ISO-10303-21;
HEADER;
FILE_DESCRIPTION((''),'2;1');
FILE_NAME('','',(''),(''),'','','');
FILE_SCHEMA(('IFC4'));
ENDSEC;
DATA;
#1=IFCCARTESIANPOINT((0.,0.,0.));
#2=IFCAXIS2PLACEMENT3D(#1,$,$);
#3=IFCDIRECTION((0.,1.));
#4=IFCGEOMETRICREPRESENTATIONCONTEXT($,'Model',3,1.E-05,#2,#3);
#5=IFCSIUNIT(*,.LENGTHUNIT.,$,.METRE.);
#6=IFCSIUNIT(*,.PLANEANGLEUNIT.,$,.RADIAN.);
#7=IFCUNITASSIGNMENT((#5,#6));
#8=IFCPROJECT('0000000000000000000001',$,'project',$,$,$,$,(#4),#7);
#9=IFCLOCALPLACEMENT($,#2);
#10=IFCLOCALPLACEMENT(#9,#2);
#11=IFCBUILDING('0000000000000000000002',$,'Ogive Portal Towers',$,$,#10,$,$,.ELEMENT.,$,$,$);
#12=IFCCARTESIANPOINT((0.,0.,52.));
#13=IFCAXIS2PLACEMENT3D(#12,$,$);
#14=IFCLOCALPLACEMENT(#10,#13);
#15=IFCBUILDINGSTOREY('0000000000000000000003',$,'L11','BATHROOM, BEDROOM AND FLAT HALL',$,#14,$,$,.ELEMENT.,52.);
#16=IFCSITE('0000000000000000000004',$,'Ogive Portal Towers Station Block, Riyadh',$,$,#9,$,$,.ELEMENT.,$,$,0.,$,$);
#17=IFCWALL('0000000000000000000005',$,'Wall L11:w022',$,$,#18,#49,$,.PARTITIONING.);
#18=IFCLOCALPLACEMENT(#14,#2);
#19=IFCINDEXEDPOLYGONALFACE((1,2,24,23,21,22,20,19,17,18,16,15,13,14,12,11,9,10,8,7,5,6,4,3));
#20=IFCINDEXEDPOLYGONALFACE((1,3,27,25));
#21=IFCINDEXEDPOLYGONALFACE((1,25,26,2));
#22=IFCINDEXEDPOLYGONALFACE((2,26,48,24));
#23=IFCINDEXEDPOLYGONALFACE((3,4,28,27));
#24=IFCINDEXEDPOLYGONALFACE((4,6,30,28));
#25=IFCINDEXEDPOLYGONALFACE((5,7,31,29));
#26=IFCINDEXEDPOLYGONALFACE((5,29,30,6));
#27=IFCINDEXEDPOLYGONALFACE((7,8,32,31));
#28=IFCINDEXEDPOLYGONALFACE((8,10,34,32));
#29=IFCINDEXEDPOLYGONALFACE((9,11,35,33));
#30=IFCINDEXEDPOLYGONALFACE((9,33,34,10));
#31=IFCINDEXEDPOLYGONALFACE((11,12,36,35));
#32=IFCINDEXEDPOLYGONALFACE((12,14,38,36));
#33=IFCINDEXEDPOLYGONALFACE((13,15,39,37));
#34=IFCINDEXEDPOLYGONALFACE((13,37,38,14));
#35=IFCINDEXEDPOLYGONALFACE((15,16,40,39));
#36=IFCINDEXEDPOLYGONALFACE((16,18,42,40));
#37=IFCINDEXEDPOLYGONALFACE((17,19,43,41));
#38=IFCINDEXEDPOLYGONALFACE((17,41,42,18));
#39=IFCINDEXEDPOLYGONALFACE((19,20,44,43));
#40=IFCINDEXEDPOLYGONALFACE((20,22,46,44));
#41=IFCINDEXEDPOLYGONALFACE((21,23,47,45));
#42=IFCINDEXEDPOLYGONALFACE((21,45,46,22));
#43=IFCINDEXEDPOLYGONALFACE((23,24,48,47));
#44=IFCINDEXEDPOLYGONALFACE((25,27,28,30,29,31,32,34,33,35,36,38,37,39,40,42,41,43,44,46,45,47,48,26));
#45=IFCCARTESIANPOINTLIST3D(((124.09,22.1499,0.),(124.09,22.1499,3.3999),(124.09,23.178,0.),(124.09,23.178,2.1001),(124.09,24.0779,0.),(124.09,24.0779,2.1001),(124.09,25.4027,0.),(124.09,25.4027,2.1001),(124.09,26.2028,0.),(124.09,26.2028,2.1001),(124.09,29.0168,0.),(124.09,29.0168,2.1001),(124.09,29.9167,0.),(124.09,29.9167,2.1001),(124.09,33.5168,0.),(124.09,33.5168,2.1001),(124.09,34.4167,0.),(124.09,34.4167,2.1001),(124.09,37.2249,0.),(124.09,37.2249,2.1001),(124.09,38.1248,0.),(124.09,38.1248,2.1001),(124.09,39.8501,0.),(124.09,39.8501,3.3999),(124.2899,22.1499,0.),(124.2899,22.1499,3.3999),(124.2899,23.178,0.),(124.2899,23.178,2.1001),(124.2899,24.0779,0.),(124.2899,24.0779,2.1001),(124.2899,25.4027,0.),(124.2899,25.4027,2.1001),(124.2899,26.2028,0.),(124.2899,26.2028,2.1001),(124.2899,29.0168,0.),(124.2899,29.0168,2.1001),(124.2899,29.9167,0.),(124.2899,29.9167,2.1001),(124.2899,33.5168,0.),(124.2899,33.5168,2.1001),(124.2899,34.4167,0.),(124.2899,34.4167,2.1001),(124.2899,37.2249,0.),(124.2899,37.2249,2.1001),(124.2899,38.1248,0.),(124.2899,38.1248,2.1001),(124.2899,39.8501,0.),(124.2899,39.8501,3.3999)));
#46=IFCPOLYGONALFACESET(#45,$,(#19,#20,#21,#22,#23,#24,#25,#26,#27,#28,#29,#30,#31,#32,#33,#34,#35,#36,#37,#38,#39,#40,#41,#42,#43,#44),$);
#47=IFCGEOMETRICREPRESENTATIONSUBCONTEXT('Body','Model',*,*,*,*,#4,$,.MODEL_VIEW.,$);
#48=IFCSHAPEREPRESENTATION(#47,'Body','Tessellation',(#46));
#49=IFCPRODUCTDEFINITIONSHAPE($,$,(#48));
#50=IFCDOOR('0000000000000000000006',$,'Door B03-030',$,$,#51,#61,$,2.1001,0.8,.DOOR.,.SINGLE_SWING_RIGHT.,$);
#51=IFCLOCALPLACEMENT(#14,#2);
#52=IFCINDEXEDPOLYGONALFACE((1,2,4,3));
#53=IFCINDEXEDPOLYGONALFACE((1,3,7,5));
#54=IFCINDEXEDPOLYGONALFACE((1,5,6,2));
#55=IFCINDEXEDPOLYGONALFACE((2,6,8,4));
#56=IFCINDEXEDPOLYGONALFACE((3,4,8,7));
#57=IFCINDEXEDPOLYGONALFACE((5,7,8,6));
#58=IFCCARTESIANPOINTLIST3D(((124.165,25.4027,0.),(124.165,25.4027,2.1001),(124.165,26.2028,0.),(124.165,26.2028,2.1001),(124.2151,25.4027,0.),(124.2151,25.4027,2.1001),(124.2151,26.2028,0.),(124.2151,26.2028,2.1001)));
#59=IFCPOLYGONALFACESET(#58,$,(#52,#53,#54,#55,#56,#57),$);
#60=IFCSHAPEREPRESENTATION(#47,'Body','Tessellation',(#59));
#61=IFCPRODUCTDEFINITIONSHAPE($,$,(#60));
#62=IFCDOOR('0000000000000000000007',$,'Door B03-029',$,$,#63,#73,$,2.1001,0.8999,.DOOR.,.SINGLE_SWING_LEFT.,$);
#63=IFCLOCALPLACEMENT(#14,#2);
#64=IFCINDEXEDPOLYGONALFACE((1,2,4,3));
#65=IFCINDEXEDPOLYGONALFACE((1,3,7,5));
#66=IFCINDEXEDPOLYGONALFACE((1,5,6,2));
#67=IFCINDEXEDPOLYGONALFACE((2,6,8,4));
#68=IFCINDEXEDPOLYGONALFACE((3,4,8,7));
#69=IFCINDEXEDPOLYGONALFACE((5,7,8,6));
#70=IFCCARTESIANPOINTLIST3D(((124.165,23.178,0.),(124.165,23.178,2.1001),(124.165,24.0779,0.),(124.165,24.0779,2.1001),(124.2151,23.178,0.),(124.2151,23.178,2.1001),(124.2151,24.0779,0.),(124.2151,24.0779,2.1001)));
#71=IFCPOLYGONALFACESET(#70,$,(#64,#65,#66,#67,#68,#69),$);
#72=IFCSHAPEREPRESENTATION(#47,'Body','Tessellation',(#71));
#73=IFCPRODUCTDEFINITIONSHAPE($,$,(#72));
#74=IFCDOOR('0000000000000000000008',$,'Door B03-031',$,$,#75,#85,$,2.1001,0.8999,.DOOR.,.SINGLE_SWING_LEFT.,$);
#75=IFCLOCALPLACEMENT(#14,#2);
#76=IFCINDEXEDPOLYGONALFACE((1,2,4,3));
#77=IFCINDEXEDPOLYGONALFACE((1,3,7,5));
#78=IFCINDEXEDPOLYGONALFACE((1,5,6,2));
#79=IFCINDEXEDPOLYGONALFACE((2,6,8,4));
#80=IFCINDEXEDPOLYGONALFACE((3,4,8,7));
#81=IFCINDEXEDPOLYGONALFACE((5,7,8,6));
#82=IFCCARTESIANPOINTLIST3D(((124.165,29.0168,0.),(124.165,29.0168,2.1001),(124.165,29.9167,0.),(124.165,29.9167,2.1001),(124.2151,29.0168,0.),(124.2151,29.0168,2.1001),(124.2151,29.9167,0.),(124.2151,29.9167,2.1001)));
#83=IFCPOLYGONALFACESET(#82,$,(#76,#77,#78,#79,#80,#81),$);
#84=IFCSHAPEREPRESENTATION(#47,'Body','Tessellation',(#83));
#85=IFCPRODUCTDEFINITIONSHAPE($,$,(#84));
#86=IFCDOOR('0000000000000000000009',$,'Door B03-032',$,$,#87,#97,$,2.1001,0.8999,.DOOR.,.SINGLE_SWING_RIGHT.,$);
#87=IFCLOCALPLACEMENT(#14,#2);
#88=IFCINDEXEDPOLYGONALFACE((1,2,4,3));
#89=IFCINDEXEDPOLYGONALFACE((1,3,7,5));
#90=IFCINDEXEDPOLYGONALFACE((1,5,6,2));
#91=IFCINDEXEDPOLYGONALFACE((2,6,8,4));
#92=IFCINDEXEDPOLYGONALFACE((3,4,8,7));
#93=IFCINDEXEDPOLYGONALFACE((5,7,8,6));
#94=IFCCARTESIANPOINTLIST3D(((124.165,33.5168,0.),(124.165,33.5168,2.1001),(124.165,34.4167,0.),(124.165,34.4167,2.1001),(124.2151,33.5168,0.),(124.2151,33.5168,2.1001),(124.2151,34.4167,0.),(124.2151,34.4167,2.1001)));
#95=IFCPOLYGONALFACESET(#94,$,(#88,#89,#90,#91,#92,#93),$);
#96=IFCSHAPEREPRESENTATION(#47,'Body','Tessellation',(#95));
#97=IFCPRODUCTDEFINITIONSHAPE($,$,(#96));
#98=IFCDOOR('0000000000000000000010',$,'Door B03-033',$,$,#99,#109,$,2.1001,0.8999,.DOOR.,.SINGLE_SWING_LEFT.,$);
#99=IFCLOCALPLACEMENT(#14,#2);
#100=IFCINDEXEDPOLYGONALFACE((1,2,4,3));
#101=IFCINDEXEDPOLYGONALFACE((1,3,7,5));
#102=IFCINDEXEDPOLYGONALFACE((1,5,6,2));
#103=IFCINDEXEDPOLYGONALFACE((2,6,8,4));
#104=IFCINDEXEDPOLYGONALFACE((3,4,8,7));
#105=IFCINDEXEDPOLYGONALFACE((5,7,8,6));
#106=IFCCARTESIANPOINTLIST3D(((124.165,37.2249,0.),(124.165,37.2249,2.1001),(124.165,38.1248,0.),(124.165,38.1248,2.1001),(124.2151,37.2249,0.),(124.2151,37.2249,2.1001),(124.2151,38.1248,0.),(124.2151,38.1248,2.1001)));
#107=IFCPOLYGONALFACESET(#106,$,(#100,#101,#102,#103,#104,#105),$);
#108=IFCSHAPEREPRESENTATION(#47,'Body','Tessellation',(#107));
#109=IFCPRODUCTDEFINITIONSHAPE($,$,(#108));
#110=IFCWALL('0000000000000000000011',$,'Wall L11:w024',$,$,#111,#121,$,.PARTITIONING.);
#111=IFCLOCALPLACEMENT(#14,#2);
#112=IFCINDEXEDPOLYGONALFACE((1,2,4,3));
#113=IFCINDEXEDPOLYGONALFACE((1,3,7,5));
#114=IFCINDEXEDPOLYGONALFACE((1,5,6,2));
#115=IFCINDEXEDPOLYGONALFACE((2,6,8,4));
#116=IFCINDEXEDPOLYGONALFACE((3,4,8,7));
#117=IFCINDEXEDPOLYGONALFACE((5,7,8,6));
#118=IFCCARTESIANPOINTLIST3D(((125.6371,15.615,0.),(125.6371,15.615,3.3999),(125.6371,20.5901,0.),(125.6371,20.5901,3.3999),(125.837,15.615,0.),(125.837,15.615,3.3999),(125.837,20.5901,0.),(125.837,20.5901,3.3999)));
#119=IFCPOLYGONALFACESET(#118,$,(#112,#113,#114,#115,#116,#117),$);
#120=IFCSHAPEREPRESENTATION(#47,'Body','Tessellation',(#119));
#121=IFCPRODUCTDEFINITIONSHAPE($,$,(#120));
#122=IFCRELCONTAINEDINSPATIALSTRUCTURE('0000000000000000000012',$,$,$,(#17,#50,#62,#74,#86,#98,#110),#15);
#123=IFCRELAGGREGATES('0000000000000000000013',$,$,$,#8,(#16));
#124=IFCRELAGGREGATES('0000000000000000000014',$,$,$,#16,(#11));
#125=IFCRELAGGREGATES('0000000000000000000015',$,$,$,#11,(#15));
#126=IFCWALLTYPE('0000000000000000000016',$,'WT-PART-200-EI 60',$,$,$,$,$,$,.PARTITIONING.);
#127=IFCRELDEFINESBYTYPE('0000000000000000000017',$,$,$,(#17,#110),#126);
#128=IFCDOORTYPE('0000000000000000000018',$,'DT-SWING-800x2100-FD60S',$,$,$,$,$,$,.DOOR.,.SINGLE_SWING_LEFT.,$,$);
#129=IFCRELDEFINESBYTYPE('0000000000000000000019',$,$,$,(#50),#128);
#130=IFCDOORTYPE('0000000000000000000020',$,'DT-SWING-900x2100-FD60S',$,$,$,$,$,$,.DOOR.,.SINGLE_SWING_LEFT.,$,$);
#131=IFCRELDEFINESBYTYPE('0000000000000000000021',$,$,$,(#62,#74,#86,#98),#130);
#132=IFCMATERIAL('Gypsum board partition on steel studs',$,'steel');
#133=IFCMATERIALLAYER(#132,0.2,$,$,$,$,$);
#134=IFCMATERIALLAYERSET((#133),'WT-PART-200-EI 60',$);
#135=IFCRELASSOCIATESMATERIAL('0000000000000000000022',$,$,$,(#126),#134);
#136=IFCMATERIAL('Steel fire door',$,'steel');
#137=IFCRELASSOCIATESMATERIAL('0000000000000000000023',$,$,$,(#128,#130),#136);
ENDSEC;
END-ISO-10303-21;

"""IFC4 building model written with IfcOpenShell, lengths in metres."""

from ifc_helpers import new_model, si_unit, direction, frame, frame_2d, origin, place, context, subcontext, project, spatial, rectangle, extrude, material, layer, layer_set, type_object, element, fill, save


model = new_model("IFC4")

# Units and contexts
model_context = context("Model", 3, precision=1e-05, world=origin(), true_north=direction((0.0, 1.0)))
body_context = subcontext(model_context, "Body", "Model", "MODEL_VIEW")
ifc_project = project(units=[si_unit("LENGTHUNIT", "METRE"), si_unit("PLANEANGLEUNIT", "RADIAN")], contexts=[model_context])

# Site, building, storey
site_placement = place(None, origin())
site = spatial("IfcSite", under=ifc_project, at=site_placement, Name="Ogive Portal Towers Station Block, Riyadh", CompositionType="ELEMENT", RefElevation=0.0)
building_placement = place(site_placement, origin())
building = spatial("IfcBuilding", under=site, at=building_placement, Name="Ogive Portal Towers", CompositionType="ELEMENT")
storey_placement = place(building_placement, frame((0.0, 0.0, 52.0)))
storey = spatial("IfcBuildingStorey", under=building, at=storey_placement, Name="L11", Description="BATHROOM, BEDROOM AND FLAT HALL", CompositionType="ELEMENT", Elevation=52.0)

# Shared definitions
ifc_material_1 = material(Name="Steel fire door", Category="steel")

# Wall, openings, doors
ifc_material_2 = material(Name="Gypsum board partition on steel studs", Category="steel")
ifc_layer_1 = layer(ifc_material_2, 0.2)
ifc_layer_set_1 = layer_set([ifc_layer_1], Name="WT-PART-200-EI 60")
wall_type_1 = type_object("IfcWallType", Name="WT-PART-200-EI 60", PredefinedType="PARTITIONING", material=ifc_layer_set_1)
door_type_1 = type_object("IfcDoorType", Name="DT-SWING-800x2100-FD60S", OperationType="SINGLE_SWING_LEFT", PredefinedType="DOOR", material=ifc_material_1)
door_type_2 = type_object("IfcDoorType", Name="DT-SWING-900x2100-FD60S", OperationType="SINGLE_SWING_LEFT", PredefinedType="DOOR", material=ifc_material_1)
wall_1_placement = place(storey_placement, frame((124.1899, 22.1499, 0.0), z_axis=(0.0, 0.0, 1.0), x_axis=(0.0, 1.0, 0.0)))
wall_1 = element("IfcWall", 1, at=wall_1_placement, inside=storey, type_object=wall_type_1, Name="Wall L11:w022", PredefinedType="PARTITIONING", context=body_context, shape_type="SweptSolid", body=[
    extrude(rectangle(XDim=17.7002, YDim=0.2, at=frame_2d((8.8501, 0.0))), origin(), (0.0, 0.0, 1.0), 3.3999),
])
opening_1_placement = place(wall_1_placement, frame((1.0281, 0.0, 0.0)))
opening_1 = element("IfcOpeningElement", 2, at=opening_1_placement, cuts=wall_1, PredefinedType="OPENING", context=body_context, shape_type="SweptSolid", body=[
    extrude(rectangle(XDim=0.8999, YDim=2.1001, at=frame_2d((0.45, 1.05))), frame((0.0, 0.1099, 0.0), z_axis=(0.0, -1.0, 0.0), x_axis=(1.0, 0.0, 0.0)), (0.0, 0.0, 1.0), 0.22),
])
opening_2_placement = place(wall_1_placement, frame((3.2529, 0.0, 0.0)))
opening_2 = element("IfcOpeningElement", 3, at=opening_2_placement, cuts=wall_1, PredefinedType="OPENING", context=body_context, shape_type="SweptSolid", body=[
    extrude(rectangle(XDim=0.8, YDim=2.1001, at=frame_2d((0.3999, 1.05))), frame((0.0, 0.1099, 0.0), z_axis=(0.0, -1.0, 0.0), x_axis=(1.0, 0.0, 0.0)), (0.0, 0.0, 1.0), 0.22),
])
opening_3_placement = place(wall_1_placement, frame((6.8669, 0.0, 0.0)))
opening_3 = element("IfcOpeningElement", 4, at=opening_3_placement, cuts=wall_1, PredefinedType="OPENING", context=body_context, shape_type="SweptSolid", body=[
    extrude(rectangle(XDim=0.8999, YDim=2.1001, at=frame_2d((0.45, 1.05))), frame((0.0, 0.1099, 0.0), z_axis=(0.0, -1.0, 0.0), x_axis=(1.0, 0.0, 0.0)), (0.0, 0.0, 1.0), 0.22),
])
opening_4_placement = place(wall_1_placement, frame((11.3669, 0.0, 0.0)))
opening_4 = element("IfcOpeningElement", 5, at=opening_4_placement, cuts=wall_1, PredefinedType="OPENING", context=body_context, shape_type="SweptSolid", body=[
    extrude(rectangle(XDim=0.8999, YDim=2.1001, at=frame_2d((0.45, 1.05))), frame((0.0, 0.1099, 0.0), z_axis=(0.0, -1.0, 0.0), x_axis=(1.0, 0.0, 0.0)), (0.0, 0.0, 1.0), 0.22),
])
opening_5_placement = place(wall_1_placement, frame((15.075, 0.0, 0.0)))
opening_5 = element("IfcOpeningElement", 6, at=opening_5_placement, cuts=wall_1, PredefinedType="OPENING", context=body_context, shape_type="SweptSolid", body=[
    extrude(rectangle(XDim=0.8999, YDim=2.1001, at=frame_2d((0.45, 1.05))), frame((0.0, 0.1099, 0.0), z_axis=(0.0, -1.0, 0.0), x_axis=(1.0, 0.0, 0.0)), (0.0, 0.0, 1.0), 0.22),
])
door_1_placement = place(opening_2_placement, origin())
door_1 = element("IfcDoor", 7, at=door_1_placement, inside=storey, type_object=door_type_1, Name="Door B03-030", OperationType="SINGLE_SWING_RIGHT", OverallHeight=2.1001, OverallWidth=0.8, PredefinedType="DOOR", context=body_context, shape_type="SweptSolid", body=[
    extrude(rectangle(XDim=0.8, YDim=2.1001, at=frame_2d((0.3999, 1.05))), frame((0.0, 0.0249, 0.0), z_axis=(0.0, -1.0, 0.0), x_axis=(1.0, 0.0, 0.0)), (0.0, 0.0, 1.0), 0.05),
])
fill(opening_2, door_1)
door_2_placement = place(opening_1_placement, origin())
door_2 = element("IfcDoor", 8, at=door_2_placement, inside=storey, type_object=door_type_2, Name="Door B03-029", OperationType="SINGLE_SWING_LEFT", OverallHeight=2.1001, OverallWidth=0.8999, PredefinedType="DOOR", context=body_context, shape_type="SweptSolid", body=[
    extrude(rectangle(XDim=0.8999, YDim=2.1001, at=frame_2d((0.45, 1.05))), frame((0.0, 0.0249, 0.0), z_axis=(0.0, -1.0, 0.0), x_axis=(1.0, 0.0, 0.0)), (0.0, 0.0, 1.0), 0.05),
])
fill(opening_1, door_2)
door_3_placement = place(opening_3_placement, origin())
door_3 = element("IfcDoor", 9, at=door_3_placement, inside=storey, type_object=door_type_2, Name="Door B03-031", OperationType="SINGLE_SWING_LEFT", OverallHeight=2.1001, OverallWidth=0.8999, PredefinedType="DOOR", context=body_context, shape_type="SweptSolid", body=[
    extrude(rectangle(XDim=0.8999, YDim=2.1001, at=frame_2d((0.45, 1.05))), frame((0.0, 0.0249, 0.0), z_axis=(0.0, -1.0, 0.0), x_axis=(1.0, 0.0, 0.0)), (0.0, 0.0, 1.0), 0.05),
])
fill(opening_3, door_3)
door_4_placement = place(opening_4_placement, origin())
door_4 = element("IfcDoor", 10, at=door_4_placement, inside=storey, type_object=door_type_2, Name="Door B03-032", OperationType="SINGLE_SWING_RIGHT", OverallHeight=2.1001, OverallWidth=0.8999, PredefinedType="DOOR", context=body_context, shape_type="SweptSolid", body=[
    extrude(rectangle(XDim=0.8999, YDim=2.1001, at=frame_2d((0.45, 1.05))), frame((0.0, 0.0249, 0.0), z_axis=(0.0, -1.0, 0.0), x_axis=(1.0, 0.0, 0.0)), (0.0, 0.0, 1.0), 0.05),
])
fill(opening_4, door_4)
door_5_placement = place(opening_5_placement, origin())
door_5 = element("IfcDoor", 11, at=door_5_placement, inside=storey, type_object=door_type_2, Name="Door B03-033", OperationType="SINGLE_SWING_LEFT", OverallHeight=2.1001, OverallWidth=0.8999, PredefinedType="DOOR", context=body_context, shape_type="SweptSolid", body=[
    extrude(rectangle(XDim=0.8999, YDim=2.1001, at=frame_2d((0.45, 1.05))), frame((0.0, 0.0249, 0.0), z_axis=(0.0, -1.0, 0.0), x_axis=(1.0, 0.0, 0.0)), (0.0, 0.0, 1.0), 0.05),
])
fill(opening_5, door_5)

# Wall
wall_2_placement = place(storey_placement, frame((125.7371, 15.615, 0.0), z_axis=(0.0, 0.0, 1.0), x_axis=(0.0, 1.0, 0.0)))
element("IfcWall", 12, at=wall_2_placement, inside=storey, type_object=wall_type_1, Name="Wall L11:w024", PredefinedType="PARTITIONING", context=body_context, shape_type="SweptSolid", body=[
    extrude(rectangle(XDim=4.9751, YDim=0.2, at=frame_2d((2.4875, 0.0))), origin(), (0.0, 0.0, 1.0), 3.3999),
])

save(model, "model.ifc")
